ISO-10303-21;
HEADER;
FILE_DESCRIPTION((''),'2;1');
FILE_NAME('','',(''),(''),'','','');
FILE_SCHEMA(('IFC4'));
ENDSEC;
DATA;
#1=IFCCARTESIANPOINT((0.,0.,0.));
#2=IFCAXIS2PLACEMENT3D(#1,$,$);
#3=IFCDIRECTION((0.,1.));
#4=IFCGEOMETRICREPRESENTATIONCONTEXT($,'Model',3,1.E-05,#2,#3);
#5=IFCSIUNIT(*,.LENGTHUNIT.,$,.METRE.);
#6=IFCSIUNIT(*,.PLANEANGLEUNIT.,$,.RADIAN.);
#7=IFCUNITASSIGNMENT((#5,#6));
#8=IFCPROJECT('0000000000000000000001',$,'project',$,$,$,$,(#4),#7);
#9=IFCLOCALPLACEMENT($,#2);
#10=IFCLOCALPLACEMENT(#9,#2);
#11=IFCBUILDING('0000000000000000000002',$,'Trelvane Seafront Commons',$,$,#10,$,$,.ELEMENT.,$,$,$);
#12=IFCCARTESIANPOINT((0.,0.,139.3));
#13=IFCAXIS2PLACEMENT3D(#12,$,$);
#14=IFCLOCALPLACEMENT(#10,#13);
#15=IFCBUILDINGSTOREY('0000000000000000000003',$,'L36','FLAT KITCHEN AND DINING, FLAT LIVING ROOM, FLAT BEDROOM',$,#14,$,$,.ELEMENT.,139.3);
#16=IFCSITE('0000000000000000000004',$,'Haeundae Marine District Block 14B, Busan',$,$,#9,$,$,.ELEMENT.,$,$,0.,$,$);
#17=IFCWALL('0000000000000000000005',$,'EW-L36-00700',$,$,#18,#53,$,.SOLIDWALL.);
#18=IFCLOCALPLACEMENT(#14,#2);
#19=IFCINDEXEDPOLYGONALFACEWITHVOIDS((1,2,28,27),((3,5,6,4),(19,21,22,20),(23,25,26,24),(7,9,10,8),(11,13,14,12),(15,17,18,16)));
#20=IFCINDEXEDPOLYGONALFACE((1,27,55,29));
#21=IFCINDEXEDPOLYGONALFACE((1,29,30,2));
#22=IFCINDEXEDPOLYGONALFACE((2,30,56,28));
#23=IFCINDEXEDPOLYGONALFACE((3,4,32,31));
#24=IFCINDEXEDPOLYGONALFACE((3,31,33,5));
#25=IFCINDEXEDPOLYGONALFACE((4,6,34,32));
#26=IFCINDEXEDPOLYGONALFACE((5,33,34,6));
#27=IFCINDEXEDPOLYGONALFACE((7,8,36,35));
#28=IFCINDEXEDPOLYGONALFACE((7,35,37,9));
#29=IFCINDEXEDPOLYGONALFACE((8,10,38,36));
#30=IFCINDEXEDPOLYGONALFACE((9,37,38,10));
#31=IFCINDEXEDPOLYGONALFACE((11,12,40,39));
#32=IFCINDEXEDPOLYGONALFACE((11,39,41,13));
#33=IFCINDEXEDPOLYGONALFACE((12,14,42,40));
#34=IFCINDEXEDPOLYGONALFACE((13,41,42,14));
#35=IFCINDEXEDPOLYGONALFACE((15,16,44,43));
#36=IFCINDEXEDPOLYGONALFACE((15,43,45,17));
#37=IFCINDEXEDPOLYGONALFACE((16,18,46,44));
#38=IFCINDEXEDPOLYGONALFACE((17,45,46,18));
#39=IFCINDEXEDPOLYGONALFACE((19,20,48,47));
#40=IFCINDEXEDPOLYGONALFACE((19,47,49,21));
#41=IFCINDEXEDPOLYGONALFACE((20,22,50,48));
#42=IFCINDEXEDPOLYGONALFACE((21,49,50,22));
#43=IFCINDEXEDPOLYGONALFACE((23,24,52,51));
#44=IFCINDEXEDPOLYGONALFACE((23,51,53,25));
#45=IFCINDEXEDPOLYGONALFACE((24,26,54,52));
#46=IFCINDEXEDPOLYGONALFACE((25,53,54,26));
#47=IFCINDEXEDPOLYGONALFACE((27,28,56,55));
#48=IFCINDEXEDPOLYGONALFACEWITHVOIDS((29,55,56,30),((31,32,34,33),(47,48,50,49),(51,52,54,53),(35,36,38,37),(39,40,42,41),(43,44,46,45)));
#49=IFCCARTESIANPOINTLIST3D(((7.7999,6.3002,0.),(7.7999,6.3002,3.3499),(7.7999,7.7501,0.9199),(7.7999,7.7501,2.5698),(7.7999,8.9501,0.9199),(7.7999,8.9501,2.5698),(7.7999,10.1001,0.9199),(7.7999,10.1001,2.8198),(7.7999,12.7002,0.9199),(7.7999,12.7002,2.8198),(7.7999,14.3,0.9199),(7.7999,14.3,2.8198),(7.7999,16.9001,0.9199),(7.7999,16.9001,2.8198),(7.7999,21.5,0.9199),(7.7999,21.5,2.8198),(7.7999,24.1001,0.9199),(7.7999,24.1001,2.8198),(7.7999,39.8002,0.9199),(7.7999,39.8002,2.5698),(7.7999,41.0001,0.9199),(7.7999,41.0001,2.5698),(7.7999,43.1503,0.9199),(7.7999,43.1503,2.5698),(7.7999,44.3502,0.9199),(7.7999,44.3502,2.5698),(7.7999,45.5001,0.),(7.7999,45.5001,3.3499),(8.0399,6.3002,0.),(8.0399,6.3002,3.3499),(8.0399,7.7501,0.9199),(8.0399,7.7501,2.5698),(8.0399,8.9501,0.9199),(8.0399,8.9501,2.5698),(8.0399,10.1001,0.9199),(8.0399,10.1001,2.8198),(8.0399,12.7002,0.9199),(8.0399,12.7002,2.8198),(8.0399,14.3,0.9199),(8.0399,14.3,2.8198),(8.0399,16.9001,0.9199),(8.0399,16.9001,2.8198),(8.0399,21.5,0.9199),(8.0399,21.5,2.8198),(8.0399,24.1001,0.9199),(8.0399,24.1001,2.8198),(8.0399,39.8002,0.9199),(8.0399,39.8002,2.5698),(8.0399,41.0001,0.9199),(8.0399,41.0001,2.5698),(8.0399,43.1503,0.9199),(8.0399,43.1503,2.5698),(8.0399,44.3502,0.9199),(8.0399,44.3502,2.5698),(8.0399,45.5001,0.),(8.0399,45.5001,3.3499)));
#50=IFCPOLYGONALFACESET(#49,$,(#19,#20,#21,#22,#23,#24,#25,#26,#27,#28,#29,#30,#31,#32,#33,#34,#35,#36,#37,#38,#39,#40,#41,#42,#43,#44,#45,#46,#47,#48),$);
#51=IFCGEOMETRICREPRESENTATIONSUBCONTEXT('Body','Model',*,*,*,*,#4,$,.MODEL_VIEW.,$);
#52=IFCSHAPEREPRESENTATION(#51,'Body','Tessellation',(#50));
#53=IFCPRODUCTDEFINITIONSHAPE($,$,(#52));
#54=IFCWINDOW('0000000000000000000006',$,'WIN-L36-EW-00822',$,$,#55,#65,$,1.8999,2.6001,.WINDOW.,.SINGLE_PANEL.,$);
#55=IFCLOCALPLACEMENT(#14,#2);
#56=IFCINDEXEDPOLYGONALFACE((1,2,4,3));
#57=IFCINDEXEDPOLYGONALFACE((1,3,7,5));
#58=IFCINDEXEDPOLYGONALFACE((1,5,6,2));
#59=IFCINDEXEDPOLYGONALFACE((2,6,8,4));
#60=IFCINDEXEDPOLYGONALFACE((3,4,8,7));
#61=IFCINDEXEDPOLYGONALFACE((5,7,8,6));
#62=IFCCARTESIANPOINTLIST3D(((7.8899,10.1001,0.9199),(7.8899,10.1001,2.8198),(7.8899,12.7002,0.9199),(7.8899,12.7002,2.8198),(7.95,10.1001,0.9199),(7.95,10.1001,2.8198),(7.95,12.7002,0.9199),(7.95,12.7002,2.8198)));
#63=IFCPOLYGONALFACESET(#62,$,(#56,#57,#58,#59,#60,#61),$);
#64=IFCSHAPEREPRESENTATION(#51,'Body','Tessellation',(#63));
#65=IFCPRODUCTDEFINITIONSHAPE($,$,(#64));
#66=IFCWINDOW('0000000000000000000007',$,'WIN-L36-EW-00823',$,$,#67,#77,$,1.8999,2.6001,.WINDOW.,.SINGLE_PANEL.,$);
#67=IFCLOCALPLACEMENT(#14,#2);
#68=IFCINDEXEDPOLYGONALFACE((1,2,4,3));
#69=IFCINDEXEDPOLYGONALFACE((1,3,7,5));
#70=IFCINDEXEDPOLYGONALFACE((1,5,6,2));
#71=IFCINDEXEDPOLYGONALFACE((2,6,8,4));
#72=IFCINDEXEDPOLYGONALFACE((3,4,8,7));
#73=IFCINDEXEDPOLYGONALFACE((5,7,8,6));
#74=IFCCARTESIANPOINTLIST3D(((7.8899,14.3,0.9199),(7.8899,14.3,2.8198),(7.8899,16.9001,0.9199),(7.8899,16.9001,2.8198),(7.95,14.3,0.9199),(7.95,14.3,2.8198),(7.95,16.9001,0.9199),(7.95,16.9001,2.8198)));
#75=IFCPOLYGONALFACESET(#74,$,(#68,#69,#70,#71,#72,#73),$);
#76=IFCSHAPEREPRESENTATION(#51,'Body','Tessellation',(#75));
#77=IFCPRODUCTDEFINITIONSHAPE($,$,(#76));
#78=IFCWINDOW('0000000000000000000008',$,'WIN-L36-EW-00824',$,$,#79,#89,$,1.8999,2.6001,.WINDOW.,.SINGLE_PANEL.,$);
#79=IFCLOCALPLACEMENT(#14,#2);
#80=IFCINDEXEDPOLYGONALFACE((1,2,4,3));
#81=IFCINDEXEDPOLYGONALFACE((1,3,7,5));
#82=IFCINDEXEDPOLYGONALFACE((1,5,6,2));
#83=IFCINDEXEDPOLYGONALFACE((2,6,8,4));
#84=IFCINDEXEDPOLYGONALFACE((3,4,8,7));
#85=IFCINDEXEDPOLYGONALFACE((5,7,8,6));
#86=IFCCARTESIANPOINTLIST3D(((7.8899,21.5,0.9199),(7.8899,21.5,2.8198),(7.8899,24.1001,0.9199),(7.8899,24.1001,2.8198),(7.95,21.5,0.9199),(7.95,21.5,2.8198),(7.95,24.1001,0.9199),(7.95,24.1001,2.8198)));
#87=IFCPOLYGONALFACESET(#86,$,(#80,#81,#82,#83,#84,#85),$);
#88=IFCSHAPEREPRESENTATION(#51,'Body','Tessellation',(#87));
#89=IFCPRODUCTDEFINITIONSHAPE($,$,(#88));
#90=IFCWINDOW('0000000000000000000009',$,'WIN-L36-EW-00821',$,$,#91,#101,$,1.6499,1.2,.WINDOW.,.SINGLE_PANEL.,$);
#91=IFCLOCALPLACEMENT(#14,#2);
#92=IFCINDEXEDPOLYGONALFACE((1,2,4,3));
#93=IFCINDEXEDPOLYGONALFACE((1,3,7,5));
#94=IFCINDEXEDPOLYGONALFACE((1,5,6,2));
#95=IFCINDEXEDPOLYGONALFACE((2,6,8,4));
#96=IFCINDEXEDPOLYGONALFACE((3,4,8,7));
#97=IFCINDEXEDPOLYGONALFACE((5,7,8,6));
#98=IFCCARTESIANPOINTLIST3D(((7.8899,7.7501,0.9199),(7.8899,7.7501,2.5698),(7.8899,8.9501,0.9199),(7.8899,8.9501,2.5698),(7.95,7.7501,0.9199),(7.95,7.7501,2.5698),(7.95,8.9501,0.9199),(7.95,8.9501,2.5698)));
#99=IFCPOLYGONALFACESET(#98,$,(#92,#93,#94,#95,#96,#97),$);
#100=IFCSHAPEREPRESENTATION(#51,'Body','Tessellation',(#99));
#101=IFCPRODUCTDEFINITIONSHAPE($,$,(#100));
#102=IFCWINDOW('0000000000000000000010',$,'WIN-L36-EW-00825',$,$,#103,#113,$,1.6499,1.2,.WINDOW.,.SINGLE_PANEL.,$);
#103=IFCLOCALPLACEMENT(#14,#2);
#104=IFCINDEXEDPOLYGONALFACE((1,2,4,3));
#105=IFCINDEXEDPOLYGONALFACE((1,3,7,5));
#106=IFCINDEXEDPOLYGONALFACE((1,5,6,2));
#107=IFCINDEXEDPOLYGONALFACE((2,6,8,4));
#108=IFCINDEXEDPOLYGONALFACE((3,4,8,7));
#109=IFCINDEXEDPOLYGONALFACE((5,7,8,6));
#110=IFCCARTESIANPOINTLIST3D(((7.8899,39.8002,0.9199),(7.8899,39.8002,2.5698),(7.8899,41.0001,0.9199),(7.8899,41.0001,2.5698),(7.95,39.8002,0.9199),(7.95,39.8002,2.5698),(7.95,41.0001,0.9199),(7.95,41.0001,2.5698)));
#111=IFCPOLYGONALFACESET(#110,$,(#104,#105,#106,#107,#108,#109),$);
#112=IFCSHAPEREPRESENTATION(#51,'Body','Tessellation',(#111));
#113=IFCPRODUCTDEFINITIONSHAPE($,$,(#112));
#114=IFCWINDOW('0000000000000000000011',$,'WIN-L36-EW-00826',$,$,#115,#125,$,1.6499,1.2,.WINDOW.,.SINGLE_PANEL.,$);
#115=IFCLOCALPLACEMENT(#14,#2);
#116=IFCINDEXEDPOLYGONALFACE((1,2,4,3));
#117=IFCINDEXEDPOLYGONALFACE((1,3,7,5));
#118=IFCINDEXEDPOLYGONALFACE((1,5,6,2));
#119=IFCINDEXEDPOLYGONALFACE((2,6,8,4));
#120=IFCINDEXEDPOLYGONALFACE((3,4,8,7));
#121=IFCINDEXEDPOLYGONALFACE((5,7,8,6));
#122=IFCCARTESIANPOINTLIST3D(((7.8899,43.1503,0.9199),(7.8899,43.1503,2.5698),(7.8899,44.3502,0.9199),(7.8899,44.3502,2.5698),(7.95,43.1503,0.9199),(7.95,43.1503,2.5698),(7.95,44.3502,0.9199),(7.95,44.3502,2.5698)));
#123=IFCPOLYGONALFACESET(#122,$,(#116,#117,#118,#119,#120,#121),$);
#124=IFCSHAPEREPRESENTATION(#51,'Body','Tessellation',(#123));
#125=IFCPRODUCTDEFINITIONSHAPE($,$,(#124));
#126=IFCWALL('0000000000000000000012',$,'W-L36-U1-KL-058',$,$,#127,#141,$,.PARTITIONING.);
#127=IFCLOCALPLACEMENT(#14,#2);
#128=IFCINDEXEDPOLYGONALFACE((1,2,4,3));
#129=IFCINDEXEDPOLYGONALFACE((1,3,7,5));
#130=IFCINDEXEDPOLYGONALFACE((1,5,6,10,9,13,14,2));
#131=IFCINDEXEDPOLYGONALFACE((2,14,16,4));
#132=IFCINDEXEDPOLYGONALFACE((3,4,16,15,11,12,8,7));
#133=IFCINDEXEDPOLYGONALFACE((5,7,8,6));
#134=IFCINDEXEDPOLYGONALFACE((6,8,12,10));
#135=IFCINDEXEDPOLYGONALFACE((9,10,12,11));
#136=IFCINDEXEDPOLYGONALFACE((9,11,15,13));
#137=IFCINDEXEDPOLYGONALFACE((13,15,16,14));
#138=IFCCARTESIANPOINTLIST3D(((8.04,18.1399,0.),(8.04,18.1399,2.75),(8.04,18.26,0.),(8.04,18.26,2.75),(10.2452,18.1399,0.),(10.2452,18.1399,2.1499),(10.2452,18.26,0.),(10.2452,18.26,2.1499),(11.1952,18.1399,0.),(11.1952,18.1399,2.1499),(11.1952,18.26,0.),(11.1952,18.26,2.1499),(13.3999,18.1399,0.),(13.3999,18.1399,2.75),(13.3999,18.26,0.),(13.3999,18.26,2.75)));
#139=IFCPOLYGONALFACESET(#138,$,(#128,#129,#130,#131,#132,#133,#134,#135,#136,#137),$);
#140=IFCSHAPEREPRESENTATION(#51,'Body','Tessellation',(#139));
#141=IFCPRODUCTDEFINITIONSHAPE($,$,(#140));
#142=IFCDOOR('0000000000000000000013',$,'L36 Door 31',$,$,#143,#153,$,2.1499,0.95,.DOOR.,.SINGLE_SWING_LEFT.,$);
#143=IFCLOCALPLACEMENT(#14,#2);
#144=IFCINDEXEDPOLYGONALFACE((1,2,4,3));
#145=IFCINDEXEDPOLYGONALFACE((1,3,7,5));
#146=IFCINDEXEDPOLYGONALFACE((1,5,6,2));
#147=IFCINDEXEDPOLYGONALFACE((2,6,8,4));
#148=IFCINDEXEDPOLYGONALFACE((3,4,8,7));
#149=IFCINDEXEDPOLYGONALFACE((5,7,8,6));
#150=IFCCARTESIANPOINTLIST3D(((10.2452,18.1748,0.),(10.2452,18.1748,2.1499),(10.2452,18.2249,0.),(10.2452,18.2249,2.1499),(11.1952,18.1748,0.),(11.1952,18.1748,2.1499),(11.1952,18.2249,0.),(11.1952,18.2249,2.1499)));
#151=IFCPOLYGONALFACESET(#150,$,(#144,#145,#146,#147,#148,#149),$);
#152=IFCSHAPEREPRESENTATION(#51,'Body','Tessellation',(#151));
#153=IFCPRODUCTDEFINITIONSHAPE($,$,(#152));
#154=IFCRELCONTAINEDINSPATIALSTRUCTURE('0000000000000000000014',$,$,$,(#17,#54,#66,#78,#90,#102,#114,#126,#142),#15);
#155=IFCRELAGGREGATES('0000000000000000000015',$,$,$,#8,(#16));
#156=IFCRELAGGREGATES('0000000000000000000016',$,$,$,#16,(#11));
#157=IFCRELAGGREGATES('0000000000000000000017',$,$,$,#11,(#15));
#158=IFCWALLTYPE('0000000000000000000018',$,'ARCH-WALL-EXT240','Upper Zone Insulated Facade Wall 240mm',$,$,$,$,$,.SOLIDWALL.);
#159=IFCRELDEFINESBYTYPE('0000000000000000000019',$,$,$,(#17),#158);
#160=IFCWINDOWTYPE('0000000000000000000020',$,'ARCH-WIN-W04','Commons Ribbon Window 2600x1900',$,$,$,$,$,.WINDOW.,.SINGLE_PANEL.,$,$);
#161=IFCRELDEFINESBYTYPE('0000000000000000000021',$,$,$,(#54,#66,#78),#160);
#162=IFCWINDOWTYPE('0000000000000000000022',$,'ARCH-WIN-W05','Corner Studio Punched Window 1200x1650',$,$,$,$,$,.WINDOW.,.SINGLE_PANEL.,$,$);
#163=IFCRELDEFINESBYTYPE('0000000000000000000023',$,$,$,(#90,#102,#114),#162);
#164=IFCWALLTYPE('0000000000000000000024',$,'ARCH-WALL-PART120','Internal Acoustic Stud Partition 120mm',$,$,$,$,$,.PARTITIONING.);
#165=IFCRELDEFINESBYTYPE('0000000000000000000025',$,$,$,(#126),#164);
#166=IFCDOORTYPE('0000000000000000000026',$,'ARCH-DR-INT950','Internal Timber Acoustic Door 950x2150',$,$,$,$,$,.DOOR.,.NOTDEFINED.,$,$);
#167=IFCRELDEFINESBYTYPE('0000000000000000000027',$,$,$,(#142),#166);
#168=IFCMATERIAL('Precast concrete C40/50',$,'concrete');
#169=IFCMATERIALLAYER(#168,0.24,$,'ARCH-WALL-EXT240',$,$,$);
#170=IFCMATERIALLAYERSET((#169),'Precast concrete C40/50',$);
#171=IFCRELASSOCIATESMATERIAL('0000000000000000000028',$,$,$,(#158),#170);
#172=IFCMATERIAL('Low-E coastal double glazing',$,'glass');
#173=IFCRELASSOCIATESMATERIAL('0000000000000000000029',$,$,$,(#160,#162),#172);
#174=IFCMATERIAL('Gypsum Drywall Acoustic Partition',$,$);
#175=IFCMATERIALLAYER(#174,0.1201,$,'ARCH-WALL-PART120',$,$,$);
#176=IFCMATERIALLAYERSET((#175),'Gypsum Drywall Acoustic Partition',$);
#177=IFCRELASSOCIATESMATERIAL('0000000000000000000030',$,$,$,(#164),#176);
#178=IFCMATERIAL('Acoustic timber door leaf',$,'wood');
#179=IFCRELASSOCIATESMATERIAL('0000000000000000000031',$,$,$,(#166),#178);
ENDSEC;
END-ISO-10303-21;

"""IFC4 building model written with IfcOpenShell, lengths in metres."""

from ifc_helpers import new_model, si_unit, direction, frame, frame_2d, origin, place, context, subcontext, project, spatial, rectangle, extrude, source, transform, mapped, material, layer, layer_set, type_object, element, fill, save


model = new_model("IFC4")

# Units and contexts
model_context = context("Model", 3, precision=1e-05, world=origin(), true_north=direction((0.0, 1.0)))
body_context = subcontext(model_context, "Body", "Model", "MODEL_VIEW")
ifc_project = project(units=[si_unit("LENGTHUNIT", "METRE"), si_unit("PLANEANGLEUNIT", "RADIAN")], contexts=[model_context])

# Site, building, storey
site_placement = place(None, origin())
site = spatial("IfcSite", under=ifc_project, at=site_placement, Name="Haeundae Marine District Block 14B, Busan", CompositionType="ELEMENT", RefElevation=0.0)
building_placement = place(site_placement, origin())
building = spatial("IfcBuilding", under=site, at=building_placement, Name="Trelvane Seafront Commons", CompositionType="ELEMENT")
storey_placement = place(building_placement, frame((0.0, 0.0, 139.3)))
storey = spatial("IfcBuildingStorey", under=building, at=storey_placement, Name="L36", Description="FLAT KITCHEN AND DINING, FLAT LIVING ROOM, FLAT BEDROOM", CompositionType="ELEMENT", Elevation=139.3)

# Shared definitions
ifc_material_1 = material(Name="Precast concrete C40/50", Category="concrete")
ifc_layer_1 = layer(ifc_material_1, 0.24, Name="ARCH-WALL-EXT240")
ifc_layer_set_1 = layer_set([ifc_layer_1], Name="Precast concrete C40/50")
wall_type_1 = type_object("IfcWallType", Name="ARCH-WALL-EXT240", Description="Upper Zone Insulated Facade Wall 240mm", PredefinedType="SOLIDWALL", material=ifc_layer_set_1)

# Wall, openings, windows
wall_1_placement = place(storey_placement, frame((7.9199, 6.3, 0.0), z_axis=(0.0, 0.0, 1.0), x_axis=(0.0, 1.0, 0.0)))
wall_1 = element("IfcWall", 1, at=wall_1_placement, inside=storey, type_object=wall_type_1, Name="EW-L36-00700", PredefinedType="SOLIDWALL", context=body_context, shape_type="SweptSolid", body=[
    extrude(rectangle(XDim=39.2, YDim=0.24, at=frame_2d((19.6001, 0.0))), origin(), (0.0, 0.0, 1.0), 3.3499),
])
opening_1_placement = place(wall_1_placement, frame((1.45, 0.0, 0.9199)))
opening_1 = element("IfcOpeningElement", 2, at=opening_1_placement, cuts=wall_1, PredefinedType="OPENING", context=body_context, shape_type="SweptSolid", body=[
    extrude(rectangle(XDim=1.2, YDim=1.6499, at=frame_2d((0.6001, 0.825))), frame((0.0, 0.1299, 0.0), z_axis=(0.0, -1.0, 0.0), x_axis=(1.0, 0.0, 0.0)), (0.0, 0.0, 1.0), 0.26),
])
opening_2_placement = place(wall_1_placement, frame((3.8, 0.0, 0.9199)))
opening_2 = element("IfcOpeningElement", 3, at=opening_2_placement, cuts=wall_1, PredefinedType="OPENING", context=body_context, shape_type="SweptSolid", body=[
    extrude(rectangle(XDim=2.6001, YDim=1.8999, at=frame_2d((1.3, 0.95))), frame((0.0, 0.1299, 0.0), z_axis=(0.0, -1.0, 0.0), x_axis=(1.0, 0.0, 0.0)), (0.0, 0.0, 1.0), 0.26),
])
opening_3_placement = place(wall_1_placement, frame((8.0, 0.0, 0.9199)))
opening_3 = element("IfcOpeningElement", 4, at=opening_3_placement, cuts=wall_1, PredefinedType="OPENING", context=body_context, shape_type="SweptSolid", body=[
    extrude(rectangle(XDim=2.6001, YDim=1.8999, at=frame_2d((1.3, 0.95))), frame((0.0, 0.1299, 0.0), z_axis=(0.0, -1.0, 0.0), x_axis=(1.0, 0.0, 0.0)), (0.0, 0.0, 1.0), 0.26),
])
opening_4_placement = place(wall_1_placement, frame((15.2, 0.0, 0.9199)))
opening_4 = element("IfcOpeningElement", 5, at=opening_4_placement, cuts=wall_1, PredefinedType="OPENING", context=body_context, shape_type="SweptSolid", body=[
    extrude(rectangle(XDim=2.6001, YDim=1.8999, at=frame_2d((1.3, 0.95))), frame((0.0, 0.1299, 0.0), z_axis=(0.0, -1.0, 0.0), x_axis=(1.0, 0.0, 0.0)), (0.0, 0.0, 1.0), 0.26),
])
opening_5_placement = place(wall_1_placement, frame((33.5, 0.0, 0.9199)))
opening_5 = element("IfcOpeningElement", 6, at=opening_5_placement, cuts=wall_1, PredefinedType="OPENING", context=body_context, shape_type="SweptSolid", body=[
    extrude(rectangle(XDim=1.2, YDim=1.6499, at=frame_2d((0.6001, 0.825))), frame((0.0, 0.1299, 0.0), z_axis=(0.0, -1.0, 0.0), x_axis=(1.0, 0.0, 0.0)), (0.0, 0.0, 1.0), 0.26),
])
opening_6_placement = place(wall_1_placement, frame((36.8501, 0.0, 0.9199)))
opening_6 = element("IfcOpeningElement", 7, at=opening_6_placement, cuts=wall_1, PredefinedType="OPENING", context=body_context, shape_type="SweptSolid", body=[
    extrude(rectangle(XDim=1.2, YDim=1.6499, at=frame_2d((0.6001, 0.825))), frame((0.0, 0.1299, 0.0), z_axis=(0.0, -1.0, 0.0), x_axis=(1.0, 0.0, 0.0)), (0.0, 0.0, 1.0), 0.26),
])
ifc_material_2 = material(Name="Low-E coastal double glazing", Category="glass")
window_type_1 = type_object("IfcWindowType", Name="ARCH-WIN-W04", Description="Commons Ribbon Window 2600x1900", PartitioningType="SINGLE_PANEL", PredefinedType="WINDOW", material=ifc_material_2)
shared_shape_1 = source(origin(), body_context, "Body", "SweptSolid", [
    extrude(rectangle(XDim=2.6001, YDim=1.8999, at=frame_2d((1.3, 0.95))), frame((0.0, 0.03, 0.0), z_axis=(0.0, -1.0, 0.0), x_axis=(1.0, 0.0, 0.0)), (0.0, 0.0, 1.0), 0.0601),
])
window_1_placement = place(opening_2_placement, origin())
window_1 = element("IfcWindow", 8, at=window_1_placement, inside=storey, type_object=window_type_1, Name="WIN-L36-EW-00822", OverallHeight=1.8999, OverallWidth=2.6001, PartitioningType="SINGLE_PANEL", PredefinedType="WINDOW", context=body_context, shape_type="MappedRepresentation", body=[
    mapped(shared_shape_1, transform((0.0, 0.0, 0.0), x_axis=(1.0, 0.0, 0.0), y_axis=(0.0, 1.0, 0.0), z_axis=(0.0, 0.0, 1.0), scale=1.0)),
])
fill(opening_2, window_1)
window_2_placement = place(opening_3_placement, origin())
window_2 = element("IfcWindow", 9, at=window_2_placement, inside=storey, type_object=window_type_1, Name="WIN-L36-EW-00823", OverallHeight=1.8999, OverallWidth=2.6001, PartitioningType="SINGLE_PANEL", PredefinedType="WINDOW", context=body_context, shape_type="MappedRepresentation", body=[
    mapped(shared_shape_1, transform((0.0, 0.0, 0.0), x_axis=(1.0, 0.0, 0.0), y_axis=(0.0, 1.0, 0.0), z_axis=(0.0, 0.0, 1.0), scale=1.0)),
])
fill(opening_3, window_2)
window_3_placement = place(opening_4_placement, origin())
window_3 = element("IfcWindow", 10, at=window_3_placement, inside=storey, type_object=window_type_1, Name="WIN-L36-EW-00824", OverallHeight=1.8999, OverallWidth=2.6001, PartitioningType="SINGLE_PANEL", PredefinedType="WINDOW", context=body_context, shape_type="MappedRepresentation", body=[
    mapped(shared_shape_1, transform((0.0, 0.0, 0.0), x_axis=(1.0, 0.0, 0.0), y_axis=(0.0, 1.0, 0.0), z_axis=(0.0, 0.0, 1.0), scale=1.0)),
])
fill(opening_4, window_3)
window_type_2 = type_object("IfcWindowType", Name="ARCH-WIN-W05", Description="Corner Studio Punched Window 1200x1650", PartitioningType="SINGLE_PANEL", PredefinedType="WINDOW", material=ifc_material_2)
shared_shape_2 = source(origin(), body_context, "Body", "SweptSolid", [
    extrude(rectangle(XDim=1.2, YDim=1.6499, at=frame_2d((0.6001, 0.825))), frame((0.0, 0.03, 0.0), z_axis=(0.0, -1.0, 0.0), x_axis=(1.0, 0.0, 0.0)), (0.0, 0.0, 1.0), 0.0601),
])
window_4_placement = place(opening_1_placement, origin())
window_4 = element("IfcWindow", 11, at=window_4_placement, inside=storey, type_object=window_type_2, Name="WIN-L36-EW-00821", OverallHeight=1.6499, OverallWidth=1.2, PartitioningType="SINGLE_PANEL", PredefinedType="WINDOW", context=body_context, shape_type="MappedRepresentation", body=[
    mapped(shared_shape_2, transform((0.0, 0.0, 0.0), x_axis=(1.0, 0.0, 0.0), y_axis=(0.0, 1.0, 0.0), z_axis=(0.0, 0.0, 1.0), scale=1.0)),
])
fill(opening_1, window_4)
window_5_placement = place(opening_5_placement, origin())
window_5 = element("IfcWindow", 12, at=window_5_placement, inside=storey, type_object=window_type_2, Name="WIN-L36-EW-00825", OverallHeight=1.6499, OverallWidth=1.2, PartitioningType="SINGLE_PANEL", PredefinedType="WINDOW", context=body_context, shape_type="MappedRepresentation", body=[
    mapped(shared_shape_2, transform((0.0, 0.0, 0.0), x_axis=(1.0, 0.0, 0.0), y_axis=(0.0, 1.0, 0.0), z_axis=(0.0, 0.0, 1.0), scale=1.0)),
])
fill(opening_5, window_5)
window_6_placement = place(opening_6_placement, origin())
window_6 = element("IfcWindow", 13, at=window_6_placement, inside=storey, type_object=window_type_2, Name="WIN-L36-EW-00826", OverallHeight=1.6499, OverallWidth=1.2, PartitioningType="SINGLE_PANEL", PredefinedType="WINDOW", context=body_context, shape_type="MappedRepresentation", body=[
    mapped(shared_shape_2, transform((0.0, 0.0, 0.0), x_axis=(1.0, 0.0, 0.0), y_axis=(0.0, 1.0, 0.0), z_axis=(0.0, 0.0, 1.0), scale=1.0)),
])
fill(opening_6, window_6)

# Wall, opening, door
ifc_material_3 = material(Name="Gypsum Drywall Acoustic Partition")
ifc_layer_2 = layer(ifc_material_3, 0.1201, Name="ARCH-WALL-PART120")
ifc_layer_set_2 = layer_set([ifc_layer_2], Name="Gypsum Drywall Acoustic Partition")
wall_type_2 = type_object("IfcWallType", Name="ARCH-WALL-PART120", Description="Internal Acoustic Stud Partition 120mm", PredefinedType="PARTITIONING", material=ifc_layer_set_2)
wall_2_placement = place(storey_placement, frame((8.04, 18.2, 0.0), z_axis=(0.0, 0.0, 1.0), x_axis=(1.0, 0.0, 0.0)))
wall_2 = element("IfcWall", 14, at=wall_2_placement, inside=storey, type_object=wall_type_2, Name="W-L36-U1-KL-058", PredefinedType="PARTITIONING", context=body_context, shape_type="SweptSolid", body=[
    extrude(rectangle(XDim=5.3599, YDim=0.1201, at=frame_2d((2.6799, 0.0))), origin(), (0.0, 0.0, 1.0), 2.75),
])
opening_7_placement = place(wall_2_placement, frame((2.2051, 0.0, 0.0)))
opening_7 = element("IfcOpeningElement", 15, at=opening_7_placement, cuts=wall_2, PredefinedType="OPENING", context=body_context, shape_type="SweptSolid", body=[
    extrude(rectangle(XDim=0.95, YDim=2.1499, at=frame_2d((0.4751, 1.075))), frame((0.0, 0.0701, 0.0), z_axis=(0.0, -1.0, 0.0), x_axis=(1.0, 0.0, 0.0)), (0.0, 0.0, 1.0), 0.1401),
])
ifc_material_4 = material(Name="Acoustic timber door leaf", Category="wood")
door_type = type_object("IfcDoorType", Name="ARCH-DR-INT950", Description="Internal Timber Acoustic Door 950x2150", OperationType="NOTDEFINED", PredefinedType="DOOR", material=ifc_material_4)
shared_shape_3 = source(origin(), body_context, "Body", "SweptSolid", [
    extrude(rectangle(XDim=0.95, YDim=2.1499, at=frame_2d((0.4751, 1.075))), frame((0.0, 0.0249, 0.0), z_axis=(0.0, -1.0, 0.0), x_axis=(1.0, 0.0, 0.0)), (0.0, 0.0, 1.0), 0.05),
])
door_1_placement = place(opening_7_placement, origin())
door_1 = element("IfcDoor", 16, at=door_1_placement, inside=storey, type_object=door_type, Name="L36 Door 31", OperationType="SINGLE_SWING_LEFT", OverallHeight=2.1499, OverallWidth=0.95, PredefinedType="DOOR", context=body_context, shape_type="MappedRepresentation", body=[
    mapped(shared_shape_3, transform((0.0, 0.0, 0.0), x_axis=(1.0, 0.0, 0.0), y_axis=(0.0, 1.0, 0.0), z_axis=(0.0, 0.0, 1.0), scale=1.0)),
])
fill(opening_7, door_1)

save(model, "model.ifc")
